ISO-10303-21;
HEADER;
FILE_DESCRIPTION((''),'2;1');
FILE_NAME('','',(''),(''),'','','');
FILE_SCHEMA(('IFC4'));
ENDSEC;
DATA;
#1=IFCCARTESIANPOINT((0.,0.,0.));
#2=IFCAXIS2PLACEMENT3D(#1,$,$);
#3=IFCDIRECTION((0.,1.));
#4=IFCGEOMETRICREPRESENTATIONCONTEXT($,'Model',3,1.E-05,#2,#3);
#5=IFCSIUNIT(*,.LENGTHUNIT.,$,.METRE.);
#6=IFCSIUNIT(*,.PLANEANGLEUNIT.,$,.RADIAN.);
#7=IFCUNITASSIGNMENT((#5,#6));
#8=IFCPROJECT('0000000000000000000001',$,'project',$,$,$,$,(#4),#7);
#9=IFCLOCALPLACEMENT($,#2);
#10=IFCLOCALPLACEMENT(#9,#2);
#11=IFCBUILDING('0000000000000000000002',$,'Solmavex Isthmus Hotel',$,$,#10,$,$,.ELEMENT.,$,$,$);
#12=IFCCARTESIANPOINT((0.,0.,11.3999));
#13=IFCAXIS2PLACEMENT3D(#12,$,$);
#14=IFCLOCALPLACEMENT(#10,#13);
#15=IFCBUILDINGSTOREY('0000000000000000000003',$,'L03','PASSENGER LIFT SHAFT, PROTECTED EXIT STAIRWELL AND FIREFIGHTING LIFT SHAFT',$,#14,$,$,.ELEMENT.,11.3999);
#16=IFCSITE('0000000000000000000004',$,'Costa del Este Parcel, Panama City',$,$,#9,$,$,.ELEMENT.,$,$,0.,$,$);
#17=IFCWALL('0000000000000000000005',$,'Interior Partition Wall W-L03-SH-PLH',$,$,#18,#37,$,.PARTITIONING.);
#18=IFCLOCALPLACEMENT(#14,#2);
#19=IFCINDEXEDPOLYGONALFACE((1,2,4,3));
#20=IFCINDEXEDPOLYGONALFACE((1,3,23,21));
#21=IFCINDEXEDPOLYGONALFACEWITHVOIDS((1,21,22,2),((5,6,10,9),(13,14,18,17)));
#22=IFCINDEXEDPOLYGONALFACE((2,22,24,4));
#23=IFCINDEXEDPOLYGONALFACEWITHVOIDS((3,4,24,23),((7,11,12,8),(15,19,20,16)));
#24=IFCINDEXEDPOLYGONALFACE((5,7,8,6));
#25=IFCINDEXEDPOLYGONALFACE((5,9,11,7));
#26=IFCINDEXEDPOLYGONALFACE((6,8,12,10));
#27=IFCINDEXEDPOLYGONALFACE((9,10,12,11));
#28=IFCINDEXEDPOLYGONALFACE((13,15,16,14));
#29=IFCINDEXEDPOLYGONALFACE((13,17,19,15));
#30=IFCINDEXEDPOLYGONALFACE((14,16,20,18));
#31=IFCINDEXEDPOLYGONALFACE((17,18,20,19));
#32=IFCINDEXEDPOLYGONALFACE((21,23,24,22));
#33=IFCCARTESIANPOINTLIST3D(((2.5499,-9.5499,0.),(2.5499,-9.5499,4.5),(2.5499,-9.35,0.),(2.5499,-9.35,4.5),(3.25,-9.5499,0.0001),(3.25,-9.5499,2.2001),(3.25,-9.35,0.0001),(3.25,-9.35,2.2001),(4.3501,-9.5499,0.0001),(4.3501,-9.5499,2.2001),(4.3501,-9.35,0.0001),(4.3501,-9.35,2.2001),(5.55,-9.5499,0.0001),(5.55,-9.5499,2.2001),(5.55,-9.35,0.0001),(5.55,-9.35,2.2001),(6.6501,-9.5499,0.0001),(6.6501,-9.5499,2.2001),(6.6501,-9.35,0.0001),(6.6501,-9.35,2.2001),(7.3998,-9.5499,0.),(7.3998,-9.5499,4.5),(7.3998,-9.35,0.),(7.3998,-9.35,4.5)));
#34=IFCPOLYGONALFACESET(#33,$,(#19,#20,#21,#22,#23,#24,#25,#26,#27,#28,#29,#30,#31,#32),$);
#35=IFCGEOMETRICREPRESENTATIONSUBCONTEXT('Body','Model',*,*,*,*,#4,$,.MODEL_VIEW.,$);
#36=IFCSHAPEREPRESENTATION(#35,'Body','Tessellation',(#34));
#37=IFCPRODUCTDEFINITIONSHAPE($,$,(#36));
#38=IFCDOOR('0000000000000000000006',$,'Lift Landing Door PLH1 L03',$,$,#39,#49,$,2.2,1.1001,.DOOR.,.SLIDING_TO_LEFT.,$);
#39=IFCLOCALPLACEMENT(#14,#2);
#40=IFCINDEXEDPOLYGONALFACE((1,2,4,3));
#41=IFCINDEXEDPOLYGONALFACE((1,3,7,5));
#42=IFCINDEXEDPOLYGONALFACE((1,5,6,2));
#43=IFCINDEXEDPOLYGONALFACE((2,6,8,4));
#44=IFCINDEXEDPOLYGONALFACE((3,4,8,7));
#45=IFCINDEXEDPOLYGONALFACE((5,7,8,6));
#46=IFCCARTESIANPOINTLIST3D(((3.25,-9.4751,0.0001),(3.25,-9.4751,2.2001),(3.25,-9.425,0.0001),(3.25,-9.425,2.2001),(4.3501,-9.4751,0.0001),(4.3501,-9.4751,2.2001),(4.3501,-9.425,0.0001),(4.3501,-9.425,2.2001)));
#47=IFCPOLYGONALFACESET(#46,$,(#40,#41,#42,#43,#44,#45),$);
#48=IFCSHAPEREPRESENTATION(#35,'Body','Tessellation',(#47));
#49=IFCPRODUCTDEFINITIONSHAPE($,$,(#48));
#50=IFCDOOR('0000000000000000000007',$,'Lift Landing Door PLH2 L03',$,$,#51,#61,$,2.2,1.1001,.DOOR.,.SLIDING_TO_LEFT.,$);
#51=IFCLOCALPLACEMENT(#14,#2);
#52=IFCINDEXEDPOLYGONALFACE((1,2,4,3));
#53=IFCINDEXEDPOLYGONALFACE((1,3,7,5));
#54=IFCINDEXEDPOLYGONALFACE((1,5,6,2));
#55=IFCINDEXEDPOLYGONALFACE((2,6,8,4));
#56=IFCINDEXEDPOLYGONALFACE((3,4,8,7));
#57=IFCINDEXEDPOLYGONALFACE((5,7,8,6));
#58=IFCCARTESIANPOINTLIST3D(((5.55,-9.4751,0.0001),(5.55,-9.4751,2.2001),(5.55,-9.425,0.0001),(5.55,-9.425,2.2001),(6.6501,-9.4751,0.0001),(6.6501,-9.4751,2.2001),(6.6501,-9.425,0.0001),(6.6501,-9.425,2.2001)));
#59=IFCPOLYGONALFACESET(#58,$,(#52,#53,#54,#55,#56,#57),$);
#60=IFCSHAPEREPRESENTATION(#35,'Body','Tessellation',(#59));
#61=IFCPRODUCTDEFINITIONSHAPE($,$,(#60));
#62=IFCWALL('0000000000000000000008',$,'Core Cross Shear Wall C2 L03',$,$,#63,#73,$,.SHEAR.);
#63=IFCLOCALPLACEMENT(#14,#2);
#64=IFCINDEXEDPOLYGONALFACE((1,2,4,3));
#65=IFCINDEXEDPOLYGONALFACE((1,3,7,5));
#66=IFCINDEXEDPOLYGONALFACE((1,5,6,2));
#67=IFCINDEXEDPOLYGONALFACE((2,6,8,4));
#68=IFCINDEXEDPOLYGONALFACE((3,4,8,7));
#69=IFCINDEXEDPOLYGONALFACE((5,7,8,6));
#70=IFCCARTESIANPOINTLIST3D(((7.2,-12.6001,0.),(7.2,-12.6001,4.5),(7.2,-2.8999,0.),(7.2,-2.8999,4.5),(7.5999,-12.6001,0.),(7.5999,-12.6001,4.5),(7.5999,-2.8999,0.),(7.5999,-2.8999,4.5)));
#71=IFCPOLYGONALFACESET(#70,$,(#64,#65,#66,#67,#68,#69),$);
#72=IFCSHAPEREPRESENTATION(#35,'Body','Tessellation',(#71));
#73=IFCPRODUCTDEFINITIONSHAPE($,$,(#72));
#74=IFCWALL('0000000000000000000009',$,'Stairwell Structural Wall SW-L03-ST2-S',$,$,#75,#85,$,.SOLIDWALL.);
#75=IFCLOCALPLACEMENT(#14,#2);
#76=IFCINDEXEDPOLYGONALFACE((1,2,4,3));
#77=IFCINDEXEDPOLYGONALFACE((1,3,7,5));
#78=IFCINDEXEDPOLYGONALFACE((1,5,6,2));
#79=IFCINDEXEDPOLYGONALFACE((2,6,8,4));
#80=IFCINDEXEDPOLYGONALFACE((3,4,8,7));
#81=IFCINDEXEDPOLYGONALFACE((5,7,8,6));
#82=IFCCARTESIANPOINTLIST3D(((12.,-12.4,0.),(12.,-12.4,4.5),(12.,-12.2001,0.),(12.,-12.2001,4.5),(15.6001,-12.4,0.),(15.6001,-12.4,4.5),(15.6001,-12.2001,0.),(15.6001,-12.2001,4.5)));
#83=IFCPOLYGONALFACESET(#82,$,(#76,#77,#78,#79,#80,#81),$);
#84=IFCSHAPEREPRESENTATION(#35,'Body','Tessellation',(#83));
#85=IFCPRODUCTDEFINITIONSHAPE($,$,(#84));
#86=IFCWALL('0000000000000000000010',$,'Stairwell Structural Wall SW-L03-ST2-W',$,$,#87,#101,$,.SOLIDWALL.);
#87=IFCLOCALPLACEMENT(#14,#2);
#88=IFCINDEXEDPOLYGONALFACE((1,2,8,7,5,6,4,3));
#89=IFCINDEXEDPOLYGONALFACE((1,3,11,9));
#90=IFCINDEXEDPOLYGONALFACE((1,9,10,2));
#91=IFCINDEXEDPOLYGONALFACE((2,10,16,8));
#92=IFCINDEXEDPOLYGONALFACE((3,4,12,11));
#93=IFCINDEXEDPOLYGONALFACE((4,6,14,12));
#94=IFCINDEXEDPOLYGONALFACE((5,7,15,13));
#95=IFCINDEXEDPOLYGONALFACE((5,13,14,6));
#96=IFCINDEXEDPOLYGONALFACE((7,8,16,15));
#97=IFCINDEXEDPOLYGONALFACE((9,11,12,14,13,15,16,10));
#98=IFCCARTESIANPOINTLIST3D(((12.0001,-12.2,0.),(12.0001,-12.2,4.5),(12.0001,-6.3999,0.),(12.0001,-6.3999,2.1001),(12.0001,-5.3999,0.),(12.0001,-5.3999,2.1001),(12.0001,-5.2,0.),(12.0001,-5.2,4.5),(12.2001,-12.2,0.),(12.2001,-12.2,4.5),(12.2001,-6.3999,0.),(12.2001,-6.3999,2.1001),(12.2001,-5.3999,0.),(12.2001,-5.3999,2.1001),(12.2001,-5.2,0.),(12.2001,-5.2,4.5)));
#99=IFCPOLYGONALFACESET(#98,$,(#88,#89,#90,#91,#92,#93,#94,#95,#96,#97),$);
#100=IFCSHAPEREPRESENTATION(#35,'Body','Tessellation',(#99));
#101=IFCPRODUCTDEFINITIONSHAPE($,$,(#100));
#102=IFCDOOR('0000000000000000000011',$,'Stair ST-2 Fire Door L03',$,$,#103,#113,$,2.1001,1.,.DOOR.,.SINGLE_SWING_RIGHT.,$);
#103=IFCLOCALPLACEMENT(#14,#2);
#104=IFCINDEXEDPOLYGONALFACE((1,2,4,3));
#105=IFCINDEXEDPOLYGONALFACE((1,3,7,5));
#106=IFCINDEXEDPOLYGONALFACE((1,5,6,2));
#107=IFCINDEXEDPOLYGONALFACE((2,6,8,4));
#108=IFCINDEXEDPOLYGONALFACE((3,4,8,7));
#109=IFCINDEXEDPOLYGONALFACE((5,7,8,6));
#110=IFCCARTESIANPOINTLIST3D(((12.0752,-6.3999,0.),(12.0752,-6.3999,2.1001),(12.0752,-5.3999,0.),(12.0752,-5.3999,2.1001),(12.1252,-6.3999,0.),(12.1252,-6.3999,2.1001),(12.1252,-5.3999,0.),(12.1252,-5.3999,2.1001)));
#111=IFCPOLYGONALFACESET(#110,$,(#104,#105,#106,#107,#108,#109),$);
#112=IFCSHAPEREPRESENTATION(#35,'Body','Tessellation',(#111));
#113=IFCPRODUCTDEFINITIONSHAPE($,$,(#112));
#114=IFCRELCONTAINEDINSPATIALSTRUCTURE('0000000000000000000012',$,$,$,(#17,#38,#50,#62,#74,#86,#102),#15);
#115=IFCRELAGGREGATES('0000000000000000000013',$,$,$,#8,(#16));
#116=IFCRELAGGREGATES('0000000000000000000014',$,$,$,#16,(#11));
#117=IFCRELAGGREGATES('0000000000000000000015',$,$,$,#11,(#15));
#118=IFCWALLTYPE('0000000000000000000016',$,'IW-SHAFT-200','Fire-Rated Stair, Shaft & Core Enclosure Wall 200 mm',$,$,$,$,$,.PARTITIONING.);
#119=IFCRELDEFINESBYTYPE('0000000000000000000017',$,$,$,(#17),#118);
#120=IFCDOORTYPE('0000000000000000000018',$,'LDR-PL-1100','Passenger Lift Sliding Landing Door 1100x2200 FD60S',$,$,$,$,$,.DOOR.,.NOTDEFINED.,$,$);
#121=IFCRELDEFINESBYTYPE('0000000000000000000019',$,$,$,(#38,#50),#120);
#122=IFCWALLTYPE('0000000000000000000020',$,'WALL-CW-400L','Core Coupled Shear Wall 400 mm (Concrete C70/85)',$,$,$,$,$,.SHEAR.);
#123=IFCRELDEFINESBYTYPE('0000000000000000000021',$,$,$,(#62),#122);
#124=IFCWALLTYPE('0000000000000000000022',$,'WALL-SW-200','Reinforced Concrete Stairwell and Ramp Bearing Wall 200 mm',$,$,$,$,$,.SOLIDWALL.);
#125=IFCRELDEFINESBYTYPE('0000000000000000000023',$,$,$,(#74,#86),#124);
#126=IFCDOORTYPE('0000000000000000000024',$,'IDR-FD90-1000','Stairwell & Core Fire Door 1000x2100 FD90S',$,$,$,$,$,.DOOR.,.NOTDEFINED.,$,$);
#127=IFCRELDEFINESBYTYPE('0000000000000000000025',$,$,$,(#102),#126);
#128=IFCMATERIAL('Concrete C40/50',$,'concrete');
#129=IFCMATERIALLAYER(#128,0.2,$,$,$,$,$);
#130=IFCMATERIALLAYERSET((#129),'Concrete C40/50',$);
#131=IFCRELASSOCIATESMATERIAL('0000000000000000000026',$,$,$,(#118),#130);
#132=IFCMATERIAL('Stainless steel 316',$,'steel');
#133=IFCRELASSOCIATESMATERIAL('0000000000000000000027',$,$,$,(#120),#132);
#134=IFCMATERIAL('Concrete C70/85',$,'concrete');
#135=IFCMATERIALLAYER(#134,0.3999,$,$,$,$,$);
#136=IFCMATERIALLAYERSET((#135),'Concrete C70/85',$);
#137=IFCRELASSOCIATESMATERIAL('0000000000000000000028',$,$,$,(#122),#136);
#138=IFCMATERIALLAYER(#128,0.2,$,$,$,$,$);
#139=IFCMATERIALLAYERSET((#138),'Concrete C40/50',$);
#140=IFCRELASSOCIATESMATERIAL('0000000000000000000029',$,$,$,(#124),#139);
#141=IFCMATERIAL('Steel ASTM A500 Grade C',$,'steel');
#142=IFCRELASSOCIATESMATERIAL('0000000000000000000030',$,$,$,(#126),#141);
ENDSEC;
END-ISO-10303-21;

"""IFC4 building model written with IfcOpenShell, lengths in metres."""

from ifc_helpers import new_model, si_unit, direction, frame, frame_2d, origin, place, context, subcontext, project, spatial, rectangle, extrude, material, layer, layer_set, type_object, element, fill, save


model = new_model("IFC4")

# Units and contexts
model_context = context("Model", 3, precision=1e-05, world=origin(), true_north=direction((0.0, 1.0)))
body_context = subcontext(model_context, "Body", "Model", "MODEL_VIEW")
ifc_project = project(units=[si_unit("LENGTHUNIT", "METRE"), si_unit("PLANEANGLEUNIT", "RADIAN")], contexts=[model_context])

# Site, building, storey
site_placement = place(None, origin())
site = spatial("IfcSite", under=ifc_project, at=site_placement, Name="Costa del Este Parcel, Panama City", CompositionType="ELEMENT", RefElevation=0.0)
building_placement = place(site_placement, origin())
building = spatial("IfcBuilding", under=site, at=building_placement, Name="Solmavex Isthmus Hotel", CompositionType="ELEMENT")
storey_placement = place(building_placement, frame((0.0, 0.0, 11.3999)))
storey = spatial("IfcBuildingStorey", under=building, at=storey_placement, Name="L03", Description="PASSENGER LIFT SHAFT, PROTECTED EXIT STAIRWELL AND FIREFIGHTING LIFT SHAFT", CompositionType="ELEMENT", Elevation=11.3999)

# Shared definitions
ifc_material_1 = material(Name="Concrete C70/85", Category="concrete")

# Shared definitions
ifc_material_2 = material(Name="Concrete C40/50", Category="concrete")
ifc_layer_1 = layer(ifc_material_2, 0.2)
ifc_layer_set_1 = layer_set([ifc_layer_1], Name="Concrete C40/50")
wall_type_1 = type_object("IfcWallType", Name="IW-SHAFT-200", Description="Fire-Rated Stair, Shaft & Core Enclosure Wall 200 mm", PredefinedType="PARTITIONING", material=ifc_layer_set_1)

# Wall, openings, doors
wall_1_placement = place(storey_placement, frame((2.55, -9.45, 0.0), z_axis=(0.0, 0.0, 1.0), x_axis=(1.0, 0.0, 0.0)))
wall_1 = element("IfcWall", 1, at=wall_1_placement, inside=storey, type_object=wall_type_1, Name="Interior Partition Wall W-L03-SH-PLH", PredefinedType="PARTITIONING", context=body_context, shape_type="SweptSolid", body=[
    extrude(rectangle(XDim=4.8499, YDim=0.2, at=frame_2d((2.4248, 0.0))), origin(), (0.0, 0.0, 1.0), 4.5),
])
opening_1_placement = place(wall_1_placement, frame((0.7, 0.0, 0.0)))
opening_1 = element("IfcOpeningElement", 2, at=opening_1_placement, cuts=wall_1, PredefinedType="OPENING", context=body_context, shape_type="SweptSolid", body=[
    extrude(rectangle(XDim=1.1001, YDim=2.2, at=frame_2d((0.55, 1.1001))), frame((0.0, 0.1099, 0.0), z_axis=(0.0, -1.0, 0.0), x_axis=(1.0, 0.0, 0.0)), (0.0, 0.0, 1.0), 0.22),
])
opening_2_placement = place(wall_1_placement, frame((3.0, 0.0, 0.0)))
opening_2 = element("IfcOpeningElement", 3, at=opening_2_placement, cuts=wall_1, PredefinedType="OPENING", context=body_context, shape_type="SweptSolid", body=[
    extrude(rectangle(XDim=1.1001, YDim=2.2, at=frame_2d((0.55, 1.1001))), frame((0.0, 0.1099, 0.0), z_axis=(0.0, -1.0, 0.0), x_axis=(1.0, 0.0, 0.0)), (0.0, 0.0, 1.0), 0.22),
])
ifc_material_3 = material(Name="Stainless steel 316", Category="steel")
door_type_1 = type_object("IfcDoorType", Name="LDR-PL-1100", Description="Passenger Lift Sliding Landing Door 1100x2200 FD60S", OperationType="NOTDEFINED", PredefinedType="DOOR", material=ifc_material_3)
door_1_placement = place(opening_1_placement, origin())
door_1 = element("IfcDoor", 4, at=door_1_placement, inside=storey, type_object=door_type_1, Name="Lift Landing Door PLH1 L03", OperationType="SLIDING_TO_LEFT", OverallHeight=2.2, OverallWidth=1.1001, PredefinedType="DOOR", context=body_context, shape_type="SweptSolid", body=[
    extrude(rectangle(XDim=1.1001, YDim=2.2, at=frame_2d((0.55, 1.1001))), frame((0.0, 0.0249, 0.0), z_axis=(0.0, -1.0, 0.0), x_axis=(1.0, 0.0, 0.0)), (0.0, 0.0, 1.0), 0.05),
])
fill(opening_1, door_1)
door_2_placement = place(opening_2_placement, origin())
door_2 = element("IfcDoor", 5, at=door_2_placement, inside=storey, type_object=door_type_1, Name="Lift Landing Door PLH2 L03", OperationType="SLIDING_TO_LEFT", OverallHeight=2.2, OverallWidth=1.1001, PredefinedType="DOOR", context=body_context, shape_type="SweptSolid", body=[
    extrude(rectangle(XDim=1.1001, YDim=2.2, at=frame_2d((0.55, 1.1001))), frame((0.0, 0.0249, 0.0), z_axis=(0.0, -1.0, 0.0), x_axis=(1.0, 0.0, 0.0)), (0.0, 0.0, 1.0), 0.05),
])
fill(opening_2, door_2)

# Walls
ifc_layer_2 = layer(ifc_material_1, 0.3999)
ifc_layer_set_2 = layer_set([ifc_layer_2], Name="Concrete C70/85")
wall_type_2 = type_object("IfcWallType", Name="WALL-CW-400L", Description="Core Coupled Shear Wall 400 mm (Concrete C70/85)", PredefinedType="SHEAR", material=ifc_layer_set_2)
wall_2_placement = place(storey_placement, frame((7.3999, -12.6001, 0.0), z_axis=(0.0, 0.0, 1.0), x_axis=(0.0, 1.0, 0.0)))
element("IfcWall", 6, at=wall_2_placement, inside=storey, type_object=wall_type_2, Name="Core Cross Shear Wall C2 L03", PredefinedType="SHEAR", context=body_context, shape_type="SweptSolid", body=[
    extrude(rectangle(XDim=9.7002, YDim=0.3999, at=frame_2d((4.8501, 0.0))), origin(), (0.0, 0.0, 1.0), 4.5),
])
ifc_layer_3 = layer(ifc_material_2, 0.2)
ifc_layer_set_3 = layer_set([ifc_layer_3], Name="Concrete C40/50")
wall_type_3 = type_object("IfcWallType", Name="WALL-SW-200", Description="Reinforced Concrete Stairwell and Ramp Bearing Wall 200 mm", PredefinedType="SOLIDWALL", material=ifc_layer_set_3)
wall_3_placement = place(storey_placement, frame((12.0, -12.3, 0.0), z_axis=(0.0, 0.0, 1.0), x_axis=(1.0, 0.0, 0.0)))
element("IfcWall", 7, at=wall_3_placement, inside=storey, type_object=wall_type_3, Name="Stairwell Structural Wall SW-L03-ST2-S", PredefinedType="SOLIDWALL", context=body_context, shape_type="SweptSolid", body=[
    extrude(rectangle(XDim=3.6001, YDim=0.2, at=frame_2d((1.8, 0.0))), origin(), (0.0, 0.0, 1.0), 4.5),
])

# Wall, opening, door
wall_4_placement = place(storey_placement, frame((12.1001, -12.2, 0.0), z_axis=(0.0, 0.0, 1.0), x_axis=(0.0, 1.0, 0.0)))
wall_4 = element("IfcWall", 8, at=wall_4_placement, inside=storey, type_object=wall_type_3, Name="Stairwell Structural Wall SW-L03-ST2-W", PredefinedType="SOLIDWALL", context=body_context, shape_type="SweptSolid", body=[
    extrude(rectangle(XDim=7.0, YDim=0.2, at=frame_2d((3.5, 0.0))), origin(), (0.0, 0.0, 1.0), 4.5),
])
opening_3_placement = place(wall_4_placement, frame((5.8, 0.0, 0.0)))
opening_3 = element("IfcOpeningElement", 9, at=opening_3_placement, cuts=wall_4, PredefinedType="OPENING", context=body_context, shape_type="SweptSolid", body=[
    extrude(rectangle(XDim=1.0, YDim=2.1001, at=frame_2d((0.5, 1.05))), frame((0.0, 0.1099, 0.0), z_axis=(0.0, -1.0, 0.0), x_axis=(1.0, 0.0, 0.0)), (0.0, 0.0, 1.0), 0.22),
])
ifc_material_4 = material(Name="Steel ASTM A500 Grade C", Category="steel")
door_type_2 = type_object("IfcDoorType", Name="IDR-FD90-1000", Description="Stairwell & Core Fire Door 1000x2100 FD90S", OperationType="NOTDEFINED", PredefinedType="DOOR", material=ifc_material_4)
door_3_placement = place(opening_3_placement, origin())
door_3 = element("IfcDoor", 10, at=door_3_placement, inside=storey, type_object=door_type_2, Name="Stair ST-2 Fire Door L03", OperationType="SINGLE_SWING_RIGHT", OverallHeight=2.1001, OverallWidth=1.0, PredefinedType="DOOR", context=body_context, shape_type="SweptSolid", body=[
    extrude(rectangle(XDim=1.0, YDim=2.1001, at=frame_2d((0.5, 1.05))), frame((0.0, 0.0249, 0.0), z_axis=(0.0, -1.0, 0.0), x_axis=(1.0, 0.0, 0.0)), (0.0, 0.0, 1.0), 0.05),
])
fill(opening_3, door_3)

save(model, "model.ifc")
